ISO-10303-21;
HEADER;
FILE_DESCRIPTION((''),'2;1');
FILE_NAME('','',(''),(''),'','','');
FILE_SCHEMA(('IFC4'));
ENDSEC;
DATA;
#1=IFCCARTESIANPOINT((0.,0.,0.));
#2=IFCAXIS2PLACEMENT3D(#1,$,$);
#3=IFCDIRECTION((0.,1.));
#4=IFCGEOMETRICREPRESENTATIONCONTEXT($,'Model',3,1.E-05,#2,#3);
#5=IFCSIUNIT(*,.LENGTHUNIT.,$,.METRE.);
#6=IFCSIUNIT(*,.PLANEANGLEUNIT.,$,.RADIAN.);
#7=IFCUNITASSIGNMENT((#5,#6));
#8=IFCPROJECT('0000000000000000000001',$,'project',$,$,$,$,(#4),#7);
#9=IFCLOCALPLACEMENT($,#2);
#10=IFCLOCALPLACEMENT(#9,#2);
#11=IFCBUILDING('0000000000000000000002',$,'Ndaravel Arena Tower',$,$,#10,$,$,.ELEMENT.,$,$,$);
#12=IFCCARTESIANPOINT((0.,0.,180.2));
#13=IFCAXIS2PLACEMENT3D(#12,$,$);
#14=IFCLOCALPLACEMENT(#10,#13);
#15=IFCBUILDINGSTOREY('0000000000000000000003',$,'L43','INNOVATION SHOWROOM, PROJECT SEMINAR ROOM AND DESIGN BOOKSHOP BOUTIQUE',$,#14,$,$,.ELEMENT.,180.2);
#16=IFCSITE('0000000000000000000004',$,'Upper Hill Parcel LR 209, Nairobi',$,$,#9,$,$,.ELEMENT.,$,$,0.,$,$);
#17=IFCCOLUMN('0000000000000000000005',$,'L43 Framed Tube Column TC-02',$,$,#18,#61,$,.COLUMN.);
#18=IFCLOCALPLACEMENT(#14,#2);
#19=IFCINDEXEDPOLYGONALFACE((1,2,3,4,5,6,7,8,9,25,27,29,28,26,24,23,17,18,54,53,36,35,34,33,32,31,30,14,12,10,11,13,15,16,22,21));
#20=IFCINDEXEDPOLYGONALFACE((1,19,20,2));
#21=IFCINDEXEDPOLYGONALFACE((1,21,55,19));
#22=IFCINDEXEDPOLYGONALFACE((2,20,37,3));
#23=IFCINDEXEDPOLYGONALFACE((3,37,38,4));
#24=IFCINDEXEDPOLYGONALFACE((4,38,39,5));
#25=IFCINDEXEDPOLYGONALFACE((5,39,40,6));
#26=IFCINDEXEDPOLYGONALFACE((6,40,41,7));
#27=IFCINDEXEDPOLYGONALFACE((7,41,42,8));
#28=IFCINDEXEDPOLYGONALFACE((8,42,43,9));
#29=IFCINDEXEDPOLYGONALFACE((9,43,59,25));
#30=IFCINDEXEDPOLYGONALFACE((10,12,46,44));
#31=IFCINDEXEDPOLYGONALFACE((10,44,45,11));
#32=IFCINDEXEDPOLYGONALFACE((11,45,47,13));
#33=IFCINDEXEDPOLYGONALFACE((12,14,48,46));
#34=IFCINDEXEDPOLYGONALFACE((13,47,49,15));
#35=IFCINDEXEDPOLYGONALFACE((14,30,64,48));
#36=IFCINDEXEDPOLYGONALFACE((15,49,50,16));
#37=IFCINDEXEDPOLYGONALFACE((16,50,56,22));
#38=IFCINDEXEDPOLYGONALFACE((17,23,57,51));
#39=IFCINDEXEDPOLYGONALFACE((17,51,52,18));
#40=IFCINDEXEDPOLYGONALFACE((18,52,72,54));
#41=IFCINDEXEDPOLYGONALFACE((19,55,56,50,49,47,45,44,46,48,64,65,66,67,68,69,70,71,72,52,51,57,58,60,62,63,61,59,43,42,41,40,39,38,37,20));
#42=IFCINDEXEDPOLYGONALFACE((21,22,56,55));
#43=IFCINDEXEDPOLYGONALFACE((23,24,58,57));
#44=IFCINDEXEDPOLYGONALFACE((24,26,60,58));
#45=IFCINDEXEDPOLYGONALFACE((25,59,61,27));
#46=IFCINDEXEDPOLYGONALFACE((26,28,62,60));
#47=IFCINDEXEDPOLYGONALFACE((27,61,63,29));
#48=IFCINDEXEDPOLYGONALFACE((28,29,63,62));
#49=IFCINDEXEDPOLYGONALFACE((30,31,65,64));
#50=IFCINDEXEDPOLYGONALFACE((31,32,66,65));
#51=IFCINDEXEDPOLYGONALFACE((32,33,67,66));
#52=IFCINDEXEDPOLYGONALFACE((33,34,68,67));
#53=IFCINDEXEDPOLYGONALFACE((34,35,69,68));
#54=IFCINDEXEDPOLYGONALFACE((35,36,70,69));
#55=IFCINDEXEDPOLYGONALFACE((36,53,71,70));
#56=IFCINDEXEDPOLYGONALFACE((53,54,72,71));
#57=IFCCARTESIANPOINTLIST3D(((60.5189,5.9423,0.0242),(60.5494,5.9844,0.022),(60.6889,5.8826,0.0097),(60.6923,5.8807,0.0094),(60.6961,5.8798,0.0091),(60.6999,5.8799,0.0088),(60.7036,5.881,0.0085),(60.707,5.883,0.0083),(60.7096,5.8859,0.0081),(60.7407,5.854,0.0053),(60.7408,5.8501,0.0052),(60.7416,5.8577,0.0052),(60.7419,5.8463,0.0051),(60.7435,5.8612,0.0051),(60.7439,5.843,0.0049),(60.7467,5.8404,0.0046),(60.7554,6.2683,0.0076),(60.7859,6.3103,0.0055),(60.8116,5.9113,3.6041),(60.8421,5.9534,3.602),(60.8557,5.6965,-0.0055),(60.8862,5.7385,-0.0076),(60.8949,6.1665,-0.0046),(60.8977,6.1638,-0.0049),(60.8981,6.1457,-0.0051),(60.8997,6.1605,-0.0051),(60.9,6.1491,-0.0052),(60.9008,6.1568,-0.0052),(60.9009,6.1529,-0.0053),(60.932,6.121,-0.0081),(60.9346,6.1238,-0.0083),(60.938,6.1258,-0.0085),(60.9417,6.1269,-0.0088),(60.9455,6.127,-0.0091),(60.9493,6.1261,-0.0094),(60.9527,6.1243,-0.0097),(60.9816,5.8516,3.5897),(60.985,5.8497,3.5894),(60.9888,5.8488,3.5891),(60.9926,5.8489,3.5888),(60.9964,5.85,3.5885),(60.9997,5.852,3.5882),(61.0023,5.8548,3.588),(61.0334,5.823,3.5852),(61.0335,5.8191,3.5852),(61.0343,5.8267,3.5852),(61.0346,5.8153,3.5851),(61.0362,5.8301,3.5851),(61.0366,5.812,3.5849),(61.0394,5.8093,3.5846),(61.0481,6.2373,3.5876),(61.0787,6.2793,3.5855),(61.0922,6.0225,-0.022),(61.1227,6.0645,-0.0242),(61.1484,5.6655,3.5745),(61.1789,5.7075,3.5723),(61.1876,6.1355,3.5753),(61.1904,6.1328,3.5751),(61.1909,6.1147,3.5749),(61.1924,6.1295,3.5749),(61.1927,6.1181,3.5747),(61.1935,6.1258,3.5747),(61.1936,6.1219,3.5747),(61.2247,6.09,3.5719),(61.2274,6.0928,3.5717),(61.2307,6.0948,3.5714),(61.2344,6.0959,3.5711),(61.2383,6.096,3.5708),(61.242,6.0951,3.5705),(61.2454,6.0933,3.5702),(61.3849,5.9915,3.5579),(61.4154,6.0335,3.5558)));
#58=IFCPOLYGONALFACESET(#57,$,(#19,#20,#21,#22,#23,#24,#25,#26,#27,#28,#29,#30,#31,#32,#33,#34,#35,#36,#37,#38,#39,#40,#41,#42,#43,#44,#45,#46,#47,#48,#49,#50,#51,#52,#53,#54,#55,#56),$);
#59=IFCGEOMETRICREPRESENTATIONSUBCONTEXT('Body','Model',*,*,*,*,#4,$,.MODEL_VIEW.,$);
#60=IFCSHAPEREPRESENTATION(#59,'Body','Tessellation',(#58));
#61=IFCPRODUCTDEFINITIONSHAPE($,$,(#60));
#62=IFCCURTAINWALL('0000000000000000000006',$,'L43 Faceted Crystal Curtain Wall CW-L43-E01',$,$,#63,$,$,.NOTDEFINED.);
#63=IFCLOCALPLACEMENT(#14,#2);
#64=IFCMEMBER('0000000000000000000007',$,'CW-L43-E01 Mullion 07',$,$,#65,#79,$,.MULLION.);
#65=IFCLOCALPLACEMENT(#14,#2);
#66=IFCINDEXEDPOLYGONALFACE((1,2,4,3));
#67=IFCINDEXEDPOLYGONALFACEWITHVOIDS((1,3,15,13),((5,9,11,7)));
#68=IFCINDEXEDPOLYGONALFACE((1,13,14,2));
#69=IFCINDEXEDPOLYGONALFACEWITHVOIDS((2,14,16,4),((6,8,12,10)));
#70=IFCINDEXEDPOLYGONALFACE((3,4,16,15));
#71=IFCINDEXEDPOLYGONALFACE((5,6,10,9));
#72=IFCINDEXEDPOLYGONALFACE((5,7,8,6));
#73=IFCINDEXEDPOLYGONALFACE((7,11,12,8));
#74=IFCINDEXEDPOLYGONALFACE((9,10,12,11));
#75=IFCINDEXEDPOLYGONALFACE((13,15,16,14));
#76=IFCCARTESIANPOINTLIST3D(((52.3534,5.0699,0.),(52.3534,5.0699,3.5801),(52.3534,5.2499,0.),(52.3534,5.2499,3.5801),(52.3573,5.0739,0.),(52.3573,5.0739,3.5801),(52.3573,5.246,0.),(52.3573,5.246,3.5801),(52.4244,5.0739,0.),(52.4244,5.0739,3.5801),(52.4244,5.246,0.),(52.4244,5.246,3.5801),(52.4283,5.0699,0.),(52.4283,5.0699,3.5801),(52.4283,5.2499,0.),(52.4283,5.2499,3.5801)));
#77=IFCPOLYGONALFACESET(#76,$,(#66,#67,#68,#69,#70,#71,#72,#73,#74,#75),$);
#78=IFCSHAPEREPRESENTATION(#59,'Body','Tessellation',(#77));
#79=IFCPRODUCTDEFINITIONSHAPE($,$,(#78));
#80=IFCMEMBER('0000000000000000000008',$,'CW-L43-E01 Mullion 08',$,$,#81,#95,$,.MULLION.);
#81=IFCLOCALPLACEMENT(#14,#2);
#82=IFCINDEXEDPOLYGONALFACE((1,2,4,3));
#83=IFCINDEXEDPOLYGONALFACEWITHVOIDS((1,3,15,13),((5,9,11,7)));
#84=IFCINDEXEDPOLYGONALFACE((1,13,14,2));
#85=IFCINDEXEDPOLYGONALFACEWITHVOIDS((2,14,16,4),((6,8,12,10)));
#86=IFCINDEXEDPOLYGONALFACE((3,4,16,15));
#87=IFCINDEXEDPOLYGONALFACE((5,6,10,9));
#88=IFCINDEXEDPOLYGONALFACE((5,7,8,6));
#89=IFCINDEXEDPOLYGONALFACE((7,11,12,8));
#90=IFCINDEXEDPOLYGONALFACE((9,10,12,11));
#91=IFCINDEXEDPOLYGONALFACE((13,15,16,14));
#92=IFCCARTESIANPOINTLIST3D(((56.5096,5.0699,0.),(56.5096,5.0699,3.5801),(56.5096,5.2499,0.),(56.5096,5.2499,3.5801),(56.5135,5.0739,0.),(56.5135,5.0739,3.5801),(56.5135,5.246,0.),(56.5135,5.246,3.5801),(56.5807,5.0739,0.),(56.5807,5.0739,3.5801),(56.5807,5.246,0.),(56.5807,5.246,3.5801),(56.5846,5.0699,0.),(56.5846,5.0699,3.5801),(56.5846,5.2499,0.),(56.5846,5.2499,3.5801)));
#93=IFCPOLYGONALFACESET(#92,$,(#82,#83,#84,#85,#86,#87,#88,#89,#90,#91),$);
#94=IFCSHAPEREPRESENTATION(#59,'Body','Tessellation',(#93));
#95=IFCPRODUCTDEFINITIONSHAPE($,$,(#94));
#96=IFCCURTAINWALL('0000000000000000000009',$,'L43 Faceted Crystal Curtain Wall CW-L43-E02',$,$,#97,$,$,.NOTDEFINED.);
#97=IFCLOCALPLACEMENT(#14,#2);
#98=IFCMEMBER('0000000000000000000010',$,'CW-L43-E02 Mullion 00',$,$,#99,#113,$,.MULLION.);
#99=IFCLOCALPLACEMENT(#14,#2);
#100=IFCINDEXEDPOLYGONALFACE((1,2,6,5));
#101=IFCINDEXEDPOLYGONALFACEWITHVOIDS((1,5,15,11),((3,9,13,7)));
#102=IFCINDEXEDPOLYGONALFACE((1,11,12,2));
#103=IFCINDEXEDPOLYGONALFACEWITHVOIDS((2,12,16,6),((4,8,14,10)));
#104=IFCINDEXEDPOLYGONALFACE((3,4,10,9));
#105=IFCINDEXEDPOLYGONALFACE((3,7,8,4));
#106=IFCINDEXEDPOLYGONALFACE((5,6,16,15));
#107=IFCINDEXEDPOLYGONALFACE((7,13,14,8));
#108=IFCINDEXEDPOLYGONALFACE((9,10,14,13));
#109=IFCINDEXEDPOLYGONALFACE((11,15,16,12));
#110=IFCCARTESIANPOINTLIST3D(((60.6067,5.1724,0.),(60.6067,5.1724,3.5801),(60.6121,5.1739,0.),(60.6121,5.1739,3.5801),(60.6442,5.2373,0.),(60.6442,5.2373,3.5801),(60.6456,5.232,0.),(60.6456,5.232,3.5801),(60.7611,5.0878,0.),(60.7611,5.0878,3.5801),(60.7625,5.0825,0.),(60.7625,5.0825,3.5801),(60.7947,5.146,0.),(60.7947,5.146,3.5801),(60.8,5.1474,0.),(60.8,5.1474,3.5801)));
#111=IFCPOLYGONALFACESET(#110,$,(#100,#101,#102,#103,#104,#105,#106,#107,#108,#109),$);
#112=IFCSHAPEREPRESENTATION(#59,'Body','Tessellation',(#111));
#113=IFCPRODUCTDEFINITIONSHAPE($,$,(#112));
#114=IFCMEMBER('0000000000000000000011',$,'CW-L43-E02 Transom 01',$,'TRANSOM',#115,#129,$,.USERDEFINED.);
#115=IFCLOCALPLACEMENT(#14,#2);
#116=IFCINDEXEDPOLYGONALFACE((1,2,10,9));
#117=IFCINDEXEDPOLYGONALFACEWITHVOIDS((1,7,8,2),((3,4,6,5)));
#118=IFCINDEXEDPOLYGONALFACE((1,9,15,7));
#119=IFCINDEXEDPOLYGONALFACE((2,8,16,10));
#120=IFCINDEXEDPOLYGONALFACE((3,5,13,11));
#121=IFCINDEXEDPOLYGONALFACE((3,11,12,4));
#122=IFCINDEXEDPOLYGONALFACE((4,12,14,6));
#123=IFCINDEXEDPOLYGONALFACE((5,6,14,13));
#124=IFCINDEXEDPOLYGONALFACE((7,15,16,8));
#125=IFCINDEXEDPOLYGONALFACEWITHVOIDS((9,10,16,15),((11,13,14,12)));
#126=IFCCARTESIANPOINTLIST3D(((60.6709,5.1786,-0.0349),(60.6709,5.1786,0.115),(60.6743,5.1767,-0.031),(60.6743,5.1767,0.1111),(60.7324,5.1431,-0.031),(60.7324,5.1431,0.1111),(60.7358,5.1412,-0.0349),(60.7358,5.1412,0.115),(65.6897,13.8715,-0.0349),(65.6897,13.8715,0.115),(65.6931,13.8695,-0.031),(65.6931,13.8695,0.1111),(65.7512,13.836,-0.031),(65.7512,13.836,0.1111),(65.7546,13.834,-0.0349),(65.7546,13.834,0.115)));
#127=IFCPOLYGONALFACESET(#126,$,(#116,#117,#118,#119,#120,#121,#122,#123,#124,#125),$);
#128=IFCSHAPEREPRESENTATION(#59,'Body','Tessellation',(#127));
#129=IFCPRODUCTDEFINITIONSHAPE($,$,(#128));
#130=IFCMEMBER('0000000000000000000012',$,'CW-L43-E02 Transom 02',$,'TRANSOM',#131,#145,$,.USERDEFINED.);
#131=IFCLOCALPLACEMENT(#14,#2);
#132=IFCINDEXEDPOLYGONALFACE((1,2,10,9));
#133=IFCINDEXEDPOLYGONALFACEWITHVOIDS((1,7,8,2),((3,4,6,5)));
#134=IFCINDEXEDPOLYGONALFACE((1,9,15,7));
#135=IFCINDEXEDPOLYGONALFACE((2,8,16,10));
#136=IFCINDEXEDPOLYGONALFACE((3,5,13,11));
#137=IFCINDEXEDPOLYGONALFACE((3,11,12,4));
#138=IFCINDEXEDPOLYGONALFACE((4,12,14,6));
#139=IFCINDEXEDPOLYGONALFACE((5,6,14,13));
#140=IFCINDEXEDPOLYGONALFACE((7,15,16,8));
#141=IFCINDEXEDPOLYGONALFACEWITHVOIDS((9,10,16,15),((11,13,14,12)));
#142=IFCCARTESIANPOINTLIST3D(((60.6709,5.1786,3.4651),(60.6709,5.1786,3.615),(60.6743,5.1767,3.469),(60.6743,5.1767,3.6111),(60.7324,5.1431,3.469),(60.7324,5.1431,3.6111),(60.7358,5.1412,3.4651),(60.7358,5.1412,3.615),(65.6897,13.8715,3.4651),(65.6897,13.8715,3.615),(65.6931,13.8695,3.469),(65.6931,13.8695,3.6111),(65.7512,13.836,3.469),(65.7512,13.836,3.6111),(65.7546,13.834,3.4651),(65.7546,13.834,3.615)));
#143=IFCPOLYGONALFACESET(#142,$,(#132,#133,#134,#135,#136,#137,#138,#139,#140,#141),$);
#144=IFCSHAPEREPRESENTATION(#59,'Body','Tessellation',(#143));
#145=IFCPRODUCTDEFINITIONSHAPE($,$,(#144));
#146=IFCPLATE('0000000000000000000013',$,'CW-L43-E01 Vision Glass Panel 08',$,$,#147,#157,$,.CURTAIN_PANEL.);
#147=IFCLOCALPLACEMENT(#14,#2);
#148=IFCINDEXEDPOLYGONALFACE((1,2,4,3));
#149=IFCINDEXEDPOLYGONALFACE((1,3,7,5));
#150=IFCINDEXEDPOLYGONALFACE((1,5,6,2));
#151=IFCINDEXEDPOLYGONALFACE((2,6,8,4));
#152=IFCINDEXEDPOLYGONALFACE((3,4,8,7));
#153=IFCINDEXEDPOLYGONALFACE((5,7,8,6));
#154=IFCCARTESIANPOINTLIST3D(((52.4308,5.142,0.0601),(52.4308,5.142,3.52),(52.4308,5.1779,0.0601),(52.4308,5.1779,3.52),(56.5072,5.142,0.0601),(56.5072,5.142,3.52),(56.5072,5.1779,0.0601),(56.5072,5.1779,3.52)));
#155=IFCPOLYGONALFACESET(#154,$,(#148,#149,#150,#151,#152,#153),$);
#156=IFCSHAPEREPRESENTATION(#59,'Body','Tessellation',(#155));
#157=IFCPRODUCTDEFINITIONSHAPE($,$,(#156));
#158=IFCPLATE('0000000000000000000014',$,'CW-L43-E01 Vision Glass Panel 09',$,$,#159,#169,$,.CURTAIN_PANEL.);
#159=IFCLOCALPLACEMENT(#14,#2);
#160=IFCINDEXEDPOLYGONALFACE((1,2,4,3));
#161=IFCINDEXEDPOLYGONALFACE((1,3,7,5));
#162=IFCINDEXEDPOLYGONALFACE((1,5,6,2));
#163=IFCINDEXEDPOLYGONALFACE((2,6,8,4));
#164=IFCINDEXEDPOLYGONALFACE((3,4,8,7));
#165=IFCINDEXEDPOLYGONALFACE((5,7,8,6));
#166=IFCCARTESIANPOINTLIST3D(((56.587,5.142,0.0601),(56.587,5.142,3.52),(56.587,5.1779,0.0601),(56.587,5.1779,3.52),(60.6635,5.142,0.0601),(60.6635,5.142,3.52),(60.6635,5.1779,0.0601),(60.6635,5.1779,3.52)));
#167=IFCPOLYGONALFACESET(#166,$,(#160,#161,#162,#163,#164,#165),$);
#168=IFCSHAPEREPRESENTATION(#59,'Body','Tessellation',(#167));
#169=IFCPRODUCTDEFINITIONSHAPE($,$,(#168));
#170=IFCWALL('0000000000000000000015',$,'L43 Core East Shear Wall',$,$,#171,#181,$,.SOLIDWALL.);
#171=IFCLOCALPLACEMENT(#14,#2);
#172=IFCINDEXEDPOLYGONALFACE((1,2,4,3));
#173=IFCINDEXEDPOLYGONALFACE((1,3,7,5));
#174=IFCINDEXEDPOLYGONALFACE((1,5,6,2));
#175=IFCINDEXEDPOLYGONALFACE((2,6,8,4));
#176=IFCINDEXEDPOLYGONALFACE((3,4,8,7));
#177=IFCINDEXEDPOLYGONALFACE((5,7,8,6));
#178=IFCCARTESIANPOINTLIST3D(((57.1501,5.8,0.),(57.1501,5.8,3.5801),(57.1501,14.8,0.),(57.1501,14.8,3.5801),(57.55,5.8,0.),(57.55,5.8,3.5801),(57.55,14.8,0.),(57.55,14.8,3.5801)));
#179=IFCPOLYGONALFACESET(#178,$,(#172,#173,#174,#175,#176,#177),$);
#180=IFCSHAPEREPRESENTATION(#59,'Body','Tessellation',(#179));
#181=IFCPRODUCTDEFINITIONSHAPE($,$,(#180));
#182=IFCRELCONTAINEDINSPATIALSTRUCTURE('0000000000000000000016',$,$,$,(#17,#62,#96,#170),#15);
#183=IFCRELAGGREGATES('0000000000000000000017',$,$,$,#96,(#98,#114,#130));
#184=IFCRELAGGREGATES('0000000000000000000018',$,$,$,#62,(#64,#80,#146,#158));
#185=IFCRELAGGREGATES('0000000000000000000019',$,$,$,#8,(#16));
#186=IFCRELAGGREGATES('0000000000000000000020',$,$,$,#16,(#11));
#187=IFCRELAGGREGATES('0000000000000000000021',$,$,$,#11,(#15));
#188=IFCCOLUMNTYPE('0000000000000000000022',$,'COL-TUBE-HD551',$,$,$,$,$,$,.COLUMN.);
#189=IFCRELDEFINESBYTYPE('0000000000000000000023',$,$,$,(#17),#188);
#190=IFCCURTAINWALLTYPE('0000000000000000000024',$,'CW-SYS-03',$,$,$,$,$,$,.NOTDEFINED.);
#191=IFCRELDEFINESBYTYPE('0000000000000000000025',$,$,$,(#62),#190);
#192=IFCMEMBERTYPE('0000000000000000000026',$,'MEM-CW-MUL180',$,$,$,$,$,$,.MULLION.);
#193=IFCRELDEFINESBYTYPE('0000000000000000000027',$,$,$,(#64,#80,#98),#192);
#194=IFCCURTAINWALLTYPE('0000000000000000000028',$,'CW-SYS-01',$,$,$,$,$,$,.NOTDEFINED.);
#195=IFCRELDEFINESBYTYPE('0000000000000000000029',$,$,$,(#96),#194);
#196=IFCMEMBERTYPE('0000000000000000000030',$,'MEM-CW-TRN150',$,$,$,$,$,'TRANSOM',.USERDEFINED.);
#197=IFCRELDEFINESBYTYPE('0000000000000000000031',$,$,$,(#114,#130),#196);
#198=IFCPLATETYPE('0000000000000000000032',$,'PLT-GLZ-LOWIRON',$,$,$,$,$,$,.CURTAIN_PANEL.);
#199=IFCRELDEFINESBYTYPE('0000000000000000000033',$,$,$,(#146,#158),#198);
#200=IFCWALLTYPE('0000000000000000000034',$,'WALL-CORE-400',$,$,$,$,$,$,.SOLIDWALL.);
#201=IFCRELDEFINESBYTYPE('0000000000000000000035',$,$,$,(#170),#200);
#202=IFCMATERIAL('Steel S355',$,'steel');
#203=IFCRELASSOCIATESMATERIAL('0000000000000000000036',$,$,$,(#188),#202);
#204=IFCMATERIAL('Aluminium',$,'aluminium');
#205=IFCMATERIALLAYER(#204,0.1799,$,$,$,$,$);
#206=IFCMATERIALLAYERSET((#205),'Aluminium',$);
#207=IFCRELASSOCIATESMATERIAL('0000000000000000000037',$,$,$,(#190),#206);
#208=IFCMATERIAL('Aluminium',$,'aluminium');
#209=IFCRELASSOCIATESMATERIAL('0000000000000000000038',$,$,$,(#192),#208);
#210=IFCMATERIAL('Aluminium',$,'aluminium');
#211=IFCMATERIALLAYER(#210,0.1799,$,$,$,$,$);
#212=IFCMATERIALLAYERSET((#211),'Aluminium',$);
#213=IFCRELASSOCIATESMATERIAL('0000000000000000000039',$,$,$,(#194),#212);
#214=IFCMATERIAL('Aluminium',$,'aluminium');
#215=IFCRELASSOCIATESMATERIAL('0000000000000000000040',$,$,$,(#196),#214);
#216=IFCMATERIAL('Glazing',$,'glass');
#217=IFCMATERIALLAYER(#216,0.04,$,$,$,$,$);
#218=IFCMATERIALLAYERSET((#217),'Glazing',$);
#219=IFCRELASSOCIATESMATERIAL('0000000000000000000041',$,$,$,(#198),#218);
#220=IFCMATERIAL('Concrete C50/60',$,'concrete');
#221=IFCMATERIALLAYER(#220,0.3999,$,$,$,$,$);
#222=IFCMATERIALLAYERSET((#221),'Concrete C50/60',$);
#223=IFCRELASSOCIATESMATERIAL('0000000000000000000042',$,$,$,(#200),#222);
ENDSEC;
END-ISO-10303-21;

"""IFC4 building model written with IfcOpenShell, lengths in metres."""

from ifc_helpers import new_model, si_unit, direction, frame, frame_2d, origin, origin_2d, place, context, subcontext, project, spatial, rectangle, hollow_rectangle, i_section, extrude, material, layer, layer_set, material_profile, profile_set, type_object, element, aggregate, save


model = new_model("IFC4")

# Units and contexts
model_context = context("Model", 3, precision=1e-05, world=origin(), true_north=direction((0.0, 1.0)))
body_context = subcontext(model_context, "Body", "Model", "MODEL_VIEW")
ifc_project = project(units=[si_unit("LENGTHUNIT", "METRE"), si_unit("PLANEANGLEUNIT", "RADIAN")], contexts=[model_context])

# Site, building, storey
site_placement = place(None, origin())
site = spatial("IfcSite", under=ifc_project, at=site_placement, Name="Upper Hill Parcel LR 209, Nairobi", CompositionType="ELEMENT", RefElevation=0.0)
building_placement = place(site_placement, origin())
building = spatial("IfcBuilding", under=site, at=building_placement, Name="Ndaravel Arena Tower", CompositionType="ELEMENT")
storey_placement = place(building_placement, frame((0.0, 0.0, 180.2)))
storey = spatial("IfcBuildingStorey", under=building, at=storey_placement, Name="L43", Description="INNOVATION SHOWROOM, PROJECT SEMINAR ROOM AND DESIGN BOOKSHOP BOUTIQUE", CompositionType="ELEMENT", Elevation=180.2)

# Column
ifc_material_1 = material(Name="Steel S355", Category="steel")
ifc_material_profile_1 = material_profile(ifc_material_1, i_section(OverallWidth=0.418, OverallDepth=0.4551, WebThickness=0.042, FlangeThickness=0.052, FilletRadius=0.0149, at=origin_2d()), Name="HD 400x551")
ifc_profile_set_1 = profile_set([ifc_material_profile_1], Name="Steel S355")
column_type = type_object("IfcColumnType", Name="COL-TUBE-HD551", PredefinedType="COLUMN", material=ifc_profile_set_1)
column_placement = place(storey_placement, frame((60.8208, 6.0034, 0.0), z_axis=(0.08149, -0.008632, 0.996637), x_axis=(-0.805645, 0.588132, 0.070967)))
element("IfcColumn", 1, at=column_placement, inside=storey, type_object=column_type, Name="L43 Framed Tube Column TC-02", PredefinedType="COLUMN", context=body_context, shape_type="SweptSolid", body=[
    extrude(i_section(OverallWidth=0.418, OverallDepth=0.4551, WebThickness=0.042, FlangeThickness=0.052, FilletRadius=0.0149, at=origin_2d()), origin(), (0.0, 0.0, 1.0), 3.592),
])

# Curtain walls, members
ifc_material_2 = material(Name="Aluminium", Category="aluminium")
ifc_layer_1 = layer(ifc_material_2, 0.1799)
ifc_layer_set_1 = layer_set([ifc_layer_1], Name="Aluminium")
curtain_wall_type_1 = type_object("IfcCurtainWallType", Name="CW-SYS-03", PredefinedType="NOTDEFINED", material=ifc_layer_set_1)
curtain_wall_1_placement = place(storey_placement, origin())
curtain_wall_1 = element("IfcCurtainWall", 2, at=curtain_wall_1_placement, inside=storey, type_object=curtain_wall_type_1, Name="L43 Faceted Crystal Curtain Wall CW-L43-E01", PredefinedType="NOTDEFINED")
ifc_material_3 = material(Name="Aluminium", Category="aluminium")
ifc_material_profile_2 = material_profile(ifc_material_3, hollow_rectangle(XDim=0.075, YDim=0.1799, WallThickness=0.0039, at=origin_2d()), Name="CW MULLION 75x180x4")
ifc_profile_set_2 = profile_set([ifc_material_profile_2], Name="Aluminium")
member_type_1 = type_object("IfcMemberType", Name="MEM-CW-MUL180", PredefinedType="MULLION", material=ifc_profile_set_2)
member_1_placement = place(storey_placement, frame((52.3909, 5.1599, 0.0), z_axis=(0.0, 0.0, 1.0), x_axis=(1.0, 0.0, 0.0)))
member_1 = element("IfcMember", 3, at=member_1_placement, type_object=member_type_1, Name="CW-L43-E01 Mullion 07", PredefinedType="MULLION", context=body_context, shape_type="SweptSolid", body=[
    extrude(hollow_rectangle(XDim=0.075, YDim=0.1799, WallThickness=0.0039, at=origin_2d()), origin(), (0.0, 0.0, 1.0), 3.5801),
])
member_2_placement = place(storey_placement, frame((56.5471, 5.1599, 0.0), z_axis=(0.0, 0.0, 1.0), x_axis=(1.0, 0.0, 0.0)))
member_2 = element("IfcMember", 4, at=member_2_placement, type_object=member_type_1, Name="CW-L43-E01 Mullion 08", PredefinedType="MULLION", context=body_context, shape_type="SweptSolid", body=[
    extrude(hollow_rectangle(XDim=0.075, YDim=0.1799, WallThickness=0.0039, at=origin_2d()), origin(), (0.0, 0.0, 1.0), 3.5801),
])
ifc_material_4 = material(Name="Aluminium", Category="aluminium")
ifc_layer_2 = layer(ifc_material_4, 0.1799)
ifc_layer_set_2 = layer_set([ifc_layer_2], Name="Aluminium")
curtain_wall_type_2 = type_object("IfcCurtainWallType", Name="CW-SYS-01", PredefinedType="NOTDEFINED", material=ifc_layer_set_2)
curtain_wall_2_placement = place(storey_placement, origin())
curtain_wall_2 = element("IfcCurtainWall", 5, at=curtain_wall_2_placement, inside=storey, type_object=curtain_wall_type_2, Name="L43 Faceted Crystal Curtain Wall CW-L43-E02", PredefinedType="NOTDEFINED")
member_3_placement = place(storey_placement, frame((60.7034, 5.1599, 0.0), z_axis=(0.0, 0.0, 1.0), x_axis=(0.5, 0.866025, 0.0)))
member_3 = element("IfcMember", 6, at=member_3_placement, type_object=member_type_1, Name="CW-L43-E02 Mullion 00", PredefinedType="MULLION", context=body_context, shape_type="SweptSolid", body=[
    extrude(hollow_rectangle(XDim=0.075, YDim=0.1799, WallThickness=0.0039, at=origin_2d()), origin(), (0.0, 0.0, 1.0), 3.5801),
])
ifc_material_5 = material(Name="Aluminium", Category="aluminium")
ifc_material_profile_3 = material_profile(ifc_material_5, hollow_rectangle(XDim=0.075, YDim=0.1499, WallThickness=0.0039, at=origin_2d()), Name="CW TRANSOM 75x150x4")
ifc_profile_set_3 = profile_set([ifc_material_profile_3], Name="Aluminium")
member_type_2 = type_object("IfcMemberType", Name="MEM-CW-TRN150", ElementType="TRANSOM", PredefinedType="USERDEFINED", material=ifc_profile_set_3)
member_4_placement = place(storey_placement, frame((60.7034, 5.1599, 0.04), z_axis=(0.499998, 0.866027, 0.0), x_axis=(-0.866027, 0.499998, 0.0)))
member_4 = element("IfcMember", 7, at=member_4_placement, type_object=member_type_2, Name="CW-L43-E02 Transom 01", ObjectType="TRANSOM", PredefinedType="USERDEFINED", context=body_context, shape_type="SweptSolid", body=[
    extrude(hollow_rectangle(XDim=0.075, YDim=0.1499, WallThickness=0.0039, at=origin_2d()), origin(), (0.0, 0.0, 1.0), 10.0376),
])
member_5_placement = place(storey_placement, frame((60.7034, 5.1599, 3.54), z_axis=(0.499998, 0.866027, 0.0), x_axis=(-0.866027, 0.499998, 0.0)))
member_5 = element("IfcMember", 8, at=member_5_placement, type_object=member_type_2, Name="CW-L43-E02 Transom 02", ObjectType="TRANSOM", PredefinedType="USERDEFINED", context=body_context, shape_type="SweptSolid", body=[
    extrude(hollow_rectangle(XDim=0.075, YDim=0.1499, WallThickness=0.0039, at=origin_2d()), origin(), (0.0, 0.0, 1.0), 10.0376),
])
aggregate(curtain_wall_2, [member_3, member_4, member_5])

# Plates
ifc_material_6 = material(Name="Glazing", Category="glass")
ifc_layer_3 = layer(ifc_material_6, 0.04)
ifc_layer_set_3 = layer_set([ifc_layer_3], Name="Glazing")
plate_type = type_object("IfcPlateType", Name="PLT-GLZ-LOWIRON", PredefinedType="CURTAIN_PANEL", material=ifc_layer_set_3)
plate_1_placement = place(storey_placement, frame((54.469, 5.1599, 0.0601), z_axis=(0.0, 0.0, 1.0), x_axis=(1.0, 0.0, 0.0)))
plate_1 = element("IfcPlate", 9, at=plate_1_placement, type_object=plate_type, Name="CW-L43-E01 Vision Glass Panel 08", PredefinedType="CURTAIN_PANEL", context=body_context, shape_type="SweptSolid", body=[
    extrude(rectangle(XDim=4.0764, YDim=0.0359, at=origin_2d()), origin(), (0.0, 0.0, 1.0), 3.46),
])
plate_2_placement = place(storey_placement, frame((58.6252, 5.1599, 0.0601), z_axis=(0.0, 0.0, 1.0), x_axis=(1.0, 0.0, 0.0)))
plate_2 = element("IfcPlate", 10, at=plate_2_placement, type_object=plate_type, Name="CW-L43-E01 Vision Glass Panel 09", PredefinedType="CURTAIN_PANEL", context=body_context, shape_type="SweptSolid", body=[
    extrude(rectangle(XDim=4.0764, YDim=0.0359, at=origin_2d()), origin(), (0.0, 0.0, 1.0), 3.46),
])
aggregate(curtain_wall_1, [member_1, member_2, plate_1, plate_2])

# Wall
ifc_material_7 = material(Name="Concrete C50/60", Category="concrete")
ifc_layer_4 = layer(ifc_material_7, 0.3999)
ifc_layer_set_4 = layer_set([ifc_layer_4], Name="Concrete C50/60")
wall_type_1 = type_object("IfcWallType", Name="WALL-CORE-400", PredefinedType="SOLIDWALL", material=ifc_layer_set_4)
wall_1_placement = place(storey_placement, frame((57.3501, 5.8, 0.0), z_axis=(0.0, 0.0, 1.0), x_axis=(0.0, 1.0, 0.0)))
element("IfcWall", 11, at=wall_1_placement, inside=storey, type_object=wall_type_1, Name="L43 Core East Shear Wall", PredefinedType="SOLIDWALL", context=body_context, shape_type="SweptSolid", body=[
    extrude(rectangle(XDim=9.0, YDim=0.3999, at=frame_2d((4.5, 0.0))), origin(), (0.0, 0.0, 1.0), 3.5801),
])

save(model, "model.ifc")
